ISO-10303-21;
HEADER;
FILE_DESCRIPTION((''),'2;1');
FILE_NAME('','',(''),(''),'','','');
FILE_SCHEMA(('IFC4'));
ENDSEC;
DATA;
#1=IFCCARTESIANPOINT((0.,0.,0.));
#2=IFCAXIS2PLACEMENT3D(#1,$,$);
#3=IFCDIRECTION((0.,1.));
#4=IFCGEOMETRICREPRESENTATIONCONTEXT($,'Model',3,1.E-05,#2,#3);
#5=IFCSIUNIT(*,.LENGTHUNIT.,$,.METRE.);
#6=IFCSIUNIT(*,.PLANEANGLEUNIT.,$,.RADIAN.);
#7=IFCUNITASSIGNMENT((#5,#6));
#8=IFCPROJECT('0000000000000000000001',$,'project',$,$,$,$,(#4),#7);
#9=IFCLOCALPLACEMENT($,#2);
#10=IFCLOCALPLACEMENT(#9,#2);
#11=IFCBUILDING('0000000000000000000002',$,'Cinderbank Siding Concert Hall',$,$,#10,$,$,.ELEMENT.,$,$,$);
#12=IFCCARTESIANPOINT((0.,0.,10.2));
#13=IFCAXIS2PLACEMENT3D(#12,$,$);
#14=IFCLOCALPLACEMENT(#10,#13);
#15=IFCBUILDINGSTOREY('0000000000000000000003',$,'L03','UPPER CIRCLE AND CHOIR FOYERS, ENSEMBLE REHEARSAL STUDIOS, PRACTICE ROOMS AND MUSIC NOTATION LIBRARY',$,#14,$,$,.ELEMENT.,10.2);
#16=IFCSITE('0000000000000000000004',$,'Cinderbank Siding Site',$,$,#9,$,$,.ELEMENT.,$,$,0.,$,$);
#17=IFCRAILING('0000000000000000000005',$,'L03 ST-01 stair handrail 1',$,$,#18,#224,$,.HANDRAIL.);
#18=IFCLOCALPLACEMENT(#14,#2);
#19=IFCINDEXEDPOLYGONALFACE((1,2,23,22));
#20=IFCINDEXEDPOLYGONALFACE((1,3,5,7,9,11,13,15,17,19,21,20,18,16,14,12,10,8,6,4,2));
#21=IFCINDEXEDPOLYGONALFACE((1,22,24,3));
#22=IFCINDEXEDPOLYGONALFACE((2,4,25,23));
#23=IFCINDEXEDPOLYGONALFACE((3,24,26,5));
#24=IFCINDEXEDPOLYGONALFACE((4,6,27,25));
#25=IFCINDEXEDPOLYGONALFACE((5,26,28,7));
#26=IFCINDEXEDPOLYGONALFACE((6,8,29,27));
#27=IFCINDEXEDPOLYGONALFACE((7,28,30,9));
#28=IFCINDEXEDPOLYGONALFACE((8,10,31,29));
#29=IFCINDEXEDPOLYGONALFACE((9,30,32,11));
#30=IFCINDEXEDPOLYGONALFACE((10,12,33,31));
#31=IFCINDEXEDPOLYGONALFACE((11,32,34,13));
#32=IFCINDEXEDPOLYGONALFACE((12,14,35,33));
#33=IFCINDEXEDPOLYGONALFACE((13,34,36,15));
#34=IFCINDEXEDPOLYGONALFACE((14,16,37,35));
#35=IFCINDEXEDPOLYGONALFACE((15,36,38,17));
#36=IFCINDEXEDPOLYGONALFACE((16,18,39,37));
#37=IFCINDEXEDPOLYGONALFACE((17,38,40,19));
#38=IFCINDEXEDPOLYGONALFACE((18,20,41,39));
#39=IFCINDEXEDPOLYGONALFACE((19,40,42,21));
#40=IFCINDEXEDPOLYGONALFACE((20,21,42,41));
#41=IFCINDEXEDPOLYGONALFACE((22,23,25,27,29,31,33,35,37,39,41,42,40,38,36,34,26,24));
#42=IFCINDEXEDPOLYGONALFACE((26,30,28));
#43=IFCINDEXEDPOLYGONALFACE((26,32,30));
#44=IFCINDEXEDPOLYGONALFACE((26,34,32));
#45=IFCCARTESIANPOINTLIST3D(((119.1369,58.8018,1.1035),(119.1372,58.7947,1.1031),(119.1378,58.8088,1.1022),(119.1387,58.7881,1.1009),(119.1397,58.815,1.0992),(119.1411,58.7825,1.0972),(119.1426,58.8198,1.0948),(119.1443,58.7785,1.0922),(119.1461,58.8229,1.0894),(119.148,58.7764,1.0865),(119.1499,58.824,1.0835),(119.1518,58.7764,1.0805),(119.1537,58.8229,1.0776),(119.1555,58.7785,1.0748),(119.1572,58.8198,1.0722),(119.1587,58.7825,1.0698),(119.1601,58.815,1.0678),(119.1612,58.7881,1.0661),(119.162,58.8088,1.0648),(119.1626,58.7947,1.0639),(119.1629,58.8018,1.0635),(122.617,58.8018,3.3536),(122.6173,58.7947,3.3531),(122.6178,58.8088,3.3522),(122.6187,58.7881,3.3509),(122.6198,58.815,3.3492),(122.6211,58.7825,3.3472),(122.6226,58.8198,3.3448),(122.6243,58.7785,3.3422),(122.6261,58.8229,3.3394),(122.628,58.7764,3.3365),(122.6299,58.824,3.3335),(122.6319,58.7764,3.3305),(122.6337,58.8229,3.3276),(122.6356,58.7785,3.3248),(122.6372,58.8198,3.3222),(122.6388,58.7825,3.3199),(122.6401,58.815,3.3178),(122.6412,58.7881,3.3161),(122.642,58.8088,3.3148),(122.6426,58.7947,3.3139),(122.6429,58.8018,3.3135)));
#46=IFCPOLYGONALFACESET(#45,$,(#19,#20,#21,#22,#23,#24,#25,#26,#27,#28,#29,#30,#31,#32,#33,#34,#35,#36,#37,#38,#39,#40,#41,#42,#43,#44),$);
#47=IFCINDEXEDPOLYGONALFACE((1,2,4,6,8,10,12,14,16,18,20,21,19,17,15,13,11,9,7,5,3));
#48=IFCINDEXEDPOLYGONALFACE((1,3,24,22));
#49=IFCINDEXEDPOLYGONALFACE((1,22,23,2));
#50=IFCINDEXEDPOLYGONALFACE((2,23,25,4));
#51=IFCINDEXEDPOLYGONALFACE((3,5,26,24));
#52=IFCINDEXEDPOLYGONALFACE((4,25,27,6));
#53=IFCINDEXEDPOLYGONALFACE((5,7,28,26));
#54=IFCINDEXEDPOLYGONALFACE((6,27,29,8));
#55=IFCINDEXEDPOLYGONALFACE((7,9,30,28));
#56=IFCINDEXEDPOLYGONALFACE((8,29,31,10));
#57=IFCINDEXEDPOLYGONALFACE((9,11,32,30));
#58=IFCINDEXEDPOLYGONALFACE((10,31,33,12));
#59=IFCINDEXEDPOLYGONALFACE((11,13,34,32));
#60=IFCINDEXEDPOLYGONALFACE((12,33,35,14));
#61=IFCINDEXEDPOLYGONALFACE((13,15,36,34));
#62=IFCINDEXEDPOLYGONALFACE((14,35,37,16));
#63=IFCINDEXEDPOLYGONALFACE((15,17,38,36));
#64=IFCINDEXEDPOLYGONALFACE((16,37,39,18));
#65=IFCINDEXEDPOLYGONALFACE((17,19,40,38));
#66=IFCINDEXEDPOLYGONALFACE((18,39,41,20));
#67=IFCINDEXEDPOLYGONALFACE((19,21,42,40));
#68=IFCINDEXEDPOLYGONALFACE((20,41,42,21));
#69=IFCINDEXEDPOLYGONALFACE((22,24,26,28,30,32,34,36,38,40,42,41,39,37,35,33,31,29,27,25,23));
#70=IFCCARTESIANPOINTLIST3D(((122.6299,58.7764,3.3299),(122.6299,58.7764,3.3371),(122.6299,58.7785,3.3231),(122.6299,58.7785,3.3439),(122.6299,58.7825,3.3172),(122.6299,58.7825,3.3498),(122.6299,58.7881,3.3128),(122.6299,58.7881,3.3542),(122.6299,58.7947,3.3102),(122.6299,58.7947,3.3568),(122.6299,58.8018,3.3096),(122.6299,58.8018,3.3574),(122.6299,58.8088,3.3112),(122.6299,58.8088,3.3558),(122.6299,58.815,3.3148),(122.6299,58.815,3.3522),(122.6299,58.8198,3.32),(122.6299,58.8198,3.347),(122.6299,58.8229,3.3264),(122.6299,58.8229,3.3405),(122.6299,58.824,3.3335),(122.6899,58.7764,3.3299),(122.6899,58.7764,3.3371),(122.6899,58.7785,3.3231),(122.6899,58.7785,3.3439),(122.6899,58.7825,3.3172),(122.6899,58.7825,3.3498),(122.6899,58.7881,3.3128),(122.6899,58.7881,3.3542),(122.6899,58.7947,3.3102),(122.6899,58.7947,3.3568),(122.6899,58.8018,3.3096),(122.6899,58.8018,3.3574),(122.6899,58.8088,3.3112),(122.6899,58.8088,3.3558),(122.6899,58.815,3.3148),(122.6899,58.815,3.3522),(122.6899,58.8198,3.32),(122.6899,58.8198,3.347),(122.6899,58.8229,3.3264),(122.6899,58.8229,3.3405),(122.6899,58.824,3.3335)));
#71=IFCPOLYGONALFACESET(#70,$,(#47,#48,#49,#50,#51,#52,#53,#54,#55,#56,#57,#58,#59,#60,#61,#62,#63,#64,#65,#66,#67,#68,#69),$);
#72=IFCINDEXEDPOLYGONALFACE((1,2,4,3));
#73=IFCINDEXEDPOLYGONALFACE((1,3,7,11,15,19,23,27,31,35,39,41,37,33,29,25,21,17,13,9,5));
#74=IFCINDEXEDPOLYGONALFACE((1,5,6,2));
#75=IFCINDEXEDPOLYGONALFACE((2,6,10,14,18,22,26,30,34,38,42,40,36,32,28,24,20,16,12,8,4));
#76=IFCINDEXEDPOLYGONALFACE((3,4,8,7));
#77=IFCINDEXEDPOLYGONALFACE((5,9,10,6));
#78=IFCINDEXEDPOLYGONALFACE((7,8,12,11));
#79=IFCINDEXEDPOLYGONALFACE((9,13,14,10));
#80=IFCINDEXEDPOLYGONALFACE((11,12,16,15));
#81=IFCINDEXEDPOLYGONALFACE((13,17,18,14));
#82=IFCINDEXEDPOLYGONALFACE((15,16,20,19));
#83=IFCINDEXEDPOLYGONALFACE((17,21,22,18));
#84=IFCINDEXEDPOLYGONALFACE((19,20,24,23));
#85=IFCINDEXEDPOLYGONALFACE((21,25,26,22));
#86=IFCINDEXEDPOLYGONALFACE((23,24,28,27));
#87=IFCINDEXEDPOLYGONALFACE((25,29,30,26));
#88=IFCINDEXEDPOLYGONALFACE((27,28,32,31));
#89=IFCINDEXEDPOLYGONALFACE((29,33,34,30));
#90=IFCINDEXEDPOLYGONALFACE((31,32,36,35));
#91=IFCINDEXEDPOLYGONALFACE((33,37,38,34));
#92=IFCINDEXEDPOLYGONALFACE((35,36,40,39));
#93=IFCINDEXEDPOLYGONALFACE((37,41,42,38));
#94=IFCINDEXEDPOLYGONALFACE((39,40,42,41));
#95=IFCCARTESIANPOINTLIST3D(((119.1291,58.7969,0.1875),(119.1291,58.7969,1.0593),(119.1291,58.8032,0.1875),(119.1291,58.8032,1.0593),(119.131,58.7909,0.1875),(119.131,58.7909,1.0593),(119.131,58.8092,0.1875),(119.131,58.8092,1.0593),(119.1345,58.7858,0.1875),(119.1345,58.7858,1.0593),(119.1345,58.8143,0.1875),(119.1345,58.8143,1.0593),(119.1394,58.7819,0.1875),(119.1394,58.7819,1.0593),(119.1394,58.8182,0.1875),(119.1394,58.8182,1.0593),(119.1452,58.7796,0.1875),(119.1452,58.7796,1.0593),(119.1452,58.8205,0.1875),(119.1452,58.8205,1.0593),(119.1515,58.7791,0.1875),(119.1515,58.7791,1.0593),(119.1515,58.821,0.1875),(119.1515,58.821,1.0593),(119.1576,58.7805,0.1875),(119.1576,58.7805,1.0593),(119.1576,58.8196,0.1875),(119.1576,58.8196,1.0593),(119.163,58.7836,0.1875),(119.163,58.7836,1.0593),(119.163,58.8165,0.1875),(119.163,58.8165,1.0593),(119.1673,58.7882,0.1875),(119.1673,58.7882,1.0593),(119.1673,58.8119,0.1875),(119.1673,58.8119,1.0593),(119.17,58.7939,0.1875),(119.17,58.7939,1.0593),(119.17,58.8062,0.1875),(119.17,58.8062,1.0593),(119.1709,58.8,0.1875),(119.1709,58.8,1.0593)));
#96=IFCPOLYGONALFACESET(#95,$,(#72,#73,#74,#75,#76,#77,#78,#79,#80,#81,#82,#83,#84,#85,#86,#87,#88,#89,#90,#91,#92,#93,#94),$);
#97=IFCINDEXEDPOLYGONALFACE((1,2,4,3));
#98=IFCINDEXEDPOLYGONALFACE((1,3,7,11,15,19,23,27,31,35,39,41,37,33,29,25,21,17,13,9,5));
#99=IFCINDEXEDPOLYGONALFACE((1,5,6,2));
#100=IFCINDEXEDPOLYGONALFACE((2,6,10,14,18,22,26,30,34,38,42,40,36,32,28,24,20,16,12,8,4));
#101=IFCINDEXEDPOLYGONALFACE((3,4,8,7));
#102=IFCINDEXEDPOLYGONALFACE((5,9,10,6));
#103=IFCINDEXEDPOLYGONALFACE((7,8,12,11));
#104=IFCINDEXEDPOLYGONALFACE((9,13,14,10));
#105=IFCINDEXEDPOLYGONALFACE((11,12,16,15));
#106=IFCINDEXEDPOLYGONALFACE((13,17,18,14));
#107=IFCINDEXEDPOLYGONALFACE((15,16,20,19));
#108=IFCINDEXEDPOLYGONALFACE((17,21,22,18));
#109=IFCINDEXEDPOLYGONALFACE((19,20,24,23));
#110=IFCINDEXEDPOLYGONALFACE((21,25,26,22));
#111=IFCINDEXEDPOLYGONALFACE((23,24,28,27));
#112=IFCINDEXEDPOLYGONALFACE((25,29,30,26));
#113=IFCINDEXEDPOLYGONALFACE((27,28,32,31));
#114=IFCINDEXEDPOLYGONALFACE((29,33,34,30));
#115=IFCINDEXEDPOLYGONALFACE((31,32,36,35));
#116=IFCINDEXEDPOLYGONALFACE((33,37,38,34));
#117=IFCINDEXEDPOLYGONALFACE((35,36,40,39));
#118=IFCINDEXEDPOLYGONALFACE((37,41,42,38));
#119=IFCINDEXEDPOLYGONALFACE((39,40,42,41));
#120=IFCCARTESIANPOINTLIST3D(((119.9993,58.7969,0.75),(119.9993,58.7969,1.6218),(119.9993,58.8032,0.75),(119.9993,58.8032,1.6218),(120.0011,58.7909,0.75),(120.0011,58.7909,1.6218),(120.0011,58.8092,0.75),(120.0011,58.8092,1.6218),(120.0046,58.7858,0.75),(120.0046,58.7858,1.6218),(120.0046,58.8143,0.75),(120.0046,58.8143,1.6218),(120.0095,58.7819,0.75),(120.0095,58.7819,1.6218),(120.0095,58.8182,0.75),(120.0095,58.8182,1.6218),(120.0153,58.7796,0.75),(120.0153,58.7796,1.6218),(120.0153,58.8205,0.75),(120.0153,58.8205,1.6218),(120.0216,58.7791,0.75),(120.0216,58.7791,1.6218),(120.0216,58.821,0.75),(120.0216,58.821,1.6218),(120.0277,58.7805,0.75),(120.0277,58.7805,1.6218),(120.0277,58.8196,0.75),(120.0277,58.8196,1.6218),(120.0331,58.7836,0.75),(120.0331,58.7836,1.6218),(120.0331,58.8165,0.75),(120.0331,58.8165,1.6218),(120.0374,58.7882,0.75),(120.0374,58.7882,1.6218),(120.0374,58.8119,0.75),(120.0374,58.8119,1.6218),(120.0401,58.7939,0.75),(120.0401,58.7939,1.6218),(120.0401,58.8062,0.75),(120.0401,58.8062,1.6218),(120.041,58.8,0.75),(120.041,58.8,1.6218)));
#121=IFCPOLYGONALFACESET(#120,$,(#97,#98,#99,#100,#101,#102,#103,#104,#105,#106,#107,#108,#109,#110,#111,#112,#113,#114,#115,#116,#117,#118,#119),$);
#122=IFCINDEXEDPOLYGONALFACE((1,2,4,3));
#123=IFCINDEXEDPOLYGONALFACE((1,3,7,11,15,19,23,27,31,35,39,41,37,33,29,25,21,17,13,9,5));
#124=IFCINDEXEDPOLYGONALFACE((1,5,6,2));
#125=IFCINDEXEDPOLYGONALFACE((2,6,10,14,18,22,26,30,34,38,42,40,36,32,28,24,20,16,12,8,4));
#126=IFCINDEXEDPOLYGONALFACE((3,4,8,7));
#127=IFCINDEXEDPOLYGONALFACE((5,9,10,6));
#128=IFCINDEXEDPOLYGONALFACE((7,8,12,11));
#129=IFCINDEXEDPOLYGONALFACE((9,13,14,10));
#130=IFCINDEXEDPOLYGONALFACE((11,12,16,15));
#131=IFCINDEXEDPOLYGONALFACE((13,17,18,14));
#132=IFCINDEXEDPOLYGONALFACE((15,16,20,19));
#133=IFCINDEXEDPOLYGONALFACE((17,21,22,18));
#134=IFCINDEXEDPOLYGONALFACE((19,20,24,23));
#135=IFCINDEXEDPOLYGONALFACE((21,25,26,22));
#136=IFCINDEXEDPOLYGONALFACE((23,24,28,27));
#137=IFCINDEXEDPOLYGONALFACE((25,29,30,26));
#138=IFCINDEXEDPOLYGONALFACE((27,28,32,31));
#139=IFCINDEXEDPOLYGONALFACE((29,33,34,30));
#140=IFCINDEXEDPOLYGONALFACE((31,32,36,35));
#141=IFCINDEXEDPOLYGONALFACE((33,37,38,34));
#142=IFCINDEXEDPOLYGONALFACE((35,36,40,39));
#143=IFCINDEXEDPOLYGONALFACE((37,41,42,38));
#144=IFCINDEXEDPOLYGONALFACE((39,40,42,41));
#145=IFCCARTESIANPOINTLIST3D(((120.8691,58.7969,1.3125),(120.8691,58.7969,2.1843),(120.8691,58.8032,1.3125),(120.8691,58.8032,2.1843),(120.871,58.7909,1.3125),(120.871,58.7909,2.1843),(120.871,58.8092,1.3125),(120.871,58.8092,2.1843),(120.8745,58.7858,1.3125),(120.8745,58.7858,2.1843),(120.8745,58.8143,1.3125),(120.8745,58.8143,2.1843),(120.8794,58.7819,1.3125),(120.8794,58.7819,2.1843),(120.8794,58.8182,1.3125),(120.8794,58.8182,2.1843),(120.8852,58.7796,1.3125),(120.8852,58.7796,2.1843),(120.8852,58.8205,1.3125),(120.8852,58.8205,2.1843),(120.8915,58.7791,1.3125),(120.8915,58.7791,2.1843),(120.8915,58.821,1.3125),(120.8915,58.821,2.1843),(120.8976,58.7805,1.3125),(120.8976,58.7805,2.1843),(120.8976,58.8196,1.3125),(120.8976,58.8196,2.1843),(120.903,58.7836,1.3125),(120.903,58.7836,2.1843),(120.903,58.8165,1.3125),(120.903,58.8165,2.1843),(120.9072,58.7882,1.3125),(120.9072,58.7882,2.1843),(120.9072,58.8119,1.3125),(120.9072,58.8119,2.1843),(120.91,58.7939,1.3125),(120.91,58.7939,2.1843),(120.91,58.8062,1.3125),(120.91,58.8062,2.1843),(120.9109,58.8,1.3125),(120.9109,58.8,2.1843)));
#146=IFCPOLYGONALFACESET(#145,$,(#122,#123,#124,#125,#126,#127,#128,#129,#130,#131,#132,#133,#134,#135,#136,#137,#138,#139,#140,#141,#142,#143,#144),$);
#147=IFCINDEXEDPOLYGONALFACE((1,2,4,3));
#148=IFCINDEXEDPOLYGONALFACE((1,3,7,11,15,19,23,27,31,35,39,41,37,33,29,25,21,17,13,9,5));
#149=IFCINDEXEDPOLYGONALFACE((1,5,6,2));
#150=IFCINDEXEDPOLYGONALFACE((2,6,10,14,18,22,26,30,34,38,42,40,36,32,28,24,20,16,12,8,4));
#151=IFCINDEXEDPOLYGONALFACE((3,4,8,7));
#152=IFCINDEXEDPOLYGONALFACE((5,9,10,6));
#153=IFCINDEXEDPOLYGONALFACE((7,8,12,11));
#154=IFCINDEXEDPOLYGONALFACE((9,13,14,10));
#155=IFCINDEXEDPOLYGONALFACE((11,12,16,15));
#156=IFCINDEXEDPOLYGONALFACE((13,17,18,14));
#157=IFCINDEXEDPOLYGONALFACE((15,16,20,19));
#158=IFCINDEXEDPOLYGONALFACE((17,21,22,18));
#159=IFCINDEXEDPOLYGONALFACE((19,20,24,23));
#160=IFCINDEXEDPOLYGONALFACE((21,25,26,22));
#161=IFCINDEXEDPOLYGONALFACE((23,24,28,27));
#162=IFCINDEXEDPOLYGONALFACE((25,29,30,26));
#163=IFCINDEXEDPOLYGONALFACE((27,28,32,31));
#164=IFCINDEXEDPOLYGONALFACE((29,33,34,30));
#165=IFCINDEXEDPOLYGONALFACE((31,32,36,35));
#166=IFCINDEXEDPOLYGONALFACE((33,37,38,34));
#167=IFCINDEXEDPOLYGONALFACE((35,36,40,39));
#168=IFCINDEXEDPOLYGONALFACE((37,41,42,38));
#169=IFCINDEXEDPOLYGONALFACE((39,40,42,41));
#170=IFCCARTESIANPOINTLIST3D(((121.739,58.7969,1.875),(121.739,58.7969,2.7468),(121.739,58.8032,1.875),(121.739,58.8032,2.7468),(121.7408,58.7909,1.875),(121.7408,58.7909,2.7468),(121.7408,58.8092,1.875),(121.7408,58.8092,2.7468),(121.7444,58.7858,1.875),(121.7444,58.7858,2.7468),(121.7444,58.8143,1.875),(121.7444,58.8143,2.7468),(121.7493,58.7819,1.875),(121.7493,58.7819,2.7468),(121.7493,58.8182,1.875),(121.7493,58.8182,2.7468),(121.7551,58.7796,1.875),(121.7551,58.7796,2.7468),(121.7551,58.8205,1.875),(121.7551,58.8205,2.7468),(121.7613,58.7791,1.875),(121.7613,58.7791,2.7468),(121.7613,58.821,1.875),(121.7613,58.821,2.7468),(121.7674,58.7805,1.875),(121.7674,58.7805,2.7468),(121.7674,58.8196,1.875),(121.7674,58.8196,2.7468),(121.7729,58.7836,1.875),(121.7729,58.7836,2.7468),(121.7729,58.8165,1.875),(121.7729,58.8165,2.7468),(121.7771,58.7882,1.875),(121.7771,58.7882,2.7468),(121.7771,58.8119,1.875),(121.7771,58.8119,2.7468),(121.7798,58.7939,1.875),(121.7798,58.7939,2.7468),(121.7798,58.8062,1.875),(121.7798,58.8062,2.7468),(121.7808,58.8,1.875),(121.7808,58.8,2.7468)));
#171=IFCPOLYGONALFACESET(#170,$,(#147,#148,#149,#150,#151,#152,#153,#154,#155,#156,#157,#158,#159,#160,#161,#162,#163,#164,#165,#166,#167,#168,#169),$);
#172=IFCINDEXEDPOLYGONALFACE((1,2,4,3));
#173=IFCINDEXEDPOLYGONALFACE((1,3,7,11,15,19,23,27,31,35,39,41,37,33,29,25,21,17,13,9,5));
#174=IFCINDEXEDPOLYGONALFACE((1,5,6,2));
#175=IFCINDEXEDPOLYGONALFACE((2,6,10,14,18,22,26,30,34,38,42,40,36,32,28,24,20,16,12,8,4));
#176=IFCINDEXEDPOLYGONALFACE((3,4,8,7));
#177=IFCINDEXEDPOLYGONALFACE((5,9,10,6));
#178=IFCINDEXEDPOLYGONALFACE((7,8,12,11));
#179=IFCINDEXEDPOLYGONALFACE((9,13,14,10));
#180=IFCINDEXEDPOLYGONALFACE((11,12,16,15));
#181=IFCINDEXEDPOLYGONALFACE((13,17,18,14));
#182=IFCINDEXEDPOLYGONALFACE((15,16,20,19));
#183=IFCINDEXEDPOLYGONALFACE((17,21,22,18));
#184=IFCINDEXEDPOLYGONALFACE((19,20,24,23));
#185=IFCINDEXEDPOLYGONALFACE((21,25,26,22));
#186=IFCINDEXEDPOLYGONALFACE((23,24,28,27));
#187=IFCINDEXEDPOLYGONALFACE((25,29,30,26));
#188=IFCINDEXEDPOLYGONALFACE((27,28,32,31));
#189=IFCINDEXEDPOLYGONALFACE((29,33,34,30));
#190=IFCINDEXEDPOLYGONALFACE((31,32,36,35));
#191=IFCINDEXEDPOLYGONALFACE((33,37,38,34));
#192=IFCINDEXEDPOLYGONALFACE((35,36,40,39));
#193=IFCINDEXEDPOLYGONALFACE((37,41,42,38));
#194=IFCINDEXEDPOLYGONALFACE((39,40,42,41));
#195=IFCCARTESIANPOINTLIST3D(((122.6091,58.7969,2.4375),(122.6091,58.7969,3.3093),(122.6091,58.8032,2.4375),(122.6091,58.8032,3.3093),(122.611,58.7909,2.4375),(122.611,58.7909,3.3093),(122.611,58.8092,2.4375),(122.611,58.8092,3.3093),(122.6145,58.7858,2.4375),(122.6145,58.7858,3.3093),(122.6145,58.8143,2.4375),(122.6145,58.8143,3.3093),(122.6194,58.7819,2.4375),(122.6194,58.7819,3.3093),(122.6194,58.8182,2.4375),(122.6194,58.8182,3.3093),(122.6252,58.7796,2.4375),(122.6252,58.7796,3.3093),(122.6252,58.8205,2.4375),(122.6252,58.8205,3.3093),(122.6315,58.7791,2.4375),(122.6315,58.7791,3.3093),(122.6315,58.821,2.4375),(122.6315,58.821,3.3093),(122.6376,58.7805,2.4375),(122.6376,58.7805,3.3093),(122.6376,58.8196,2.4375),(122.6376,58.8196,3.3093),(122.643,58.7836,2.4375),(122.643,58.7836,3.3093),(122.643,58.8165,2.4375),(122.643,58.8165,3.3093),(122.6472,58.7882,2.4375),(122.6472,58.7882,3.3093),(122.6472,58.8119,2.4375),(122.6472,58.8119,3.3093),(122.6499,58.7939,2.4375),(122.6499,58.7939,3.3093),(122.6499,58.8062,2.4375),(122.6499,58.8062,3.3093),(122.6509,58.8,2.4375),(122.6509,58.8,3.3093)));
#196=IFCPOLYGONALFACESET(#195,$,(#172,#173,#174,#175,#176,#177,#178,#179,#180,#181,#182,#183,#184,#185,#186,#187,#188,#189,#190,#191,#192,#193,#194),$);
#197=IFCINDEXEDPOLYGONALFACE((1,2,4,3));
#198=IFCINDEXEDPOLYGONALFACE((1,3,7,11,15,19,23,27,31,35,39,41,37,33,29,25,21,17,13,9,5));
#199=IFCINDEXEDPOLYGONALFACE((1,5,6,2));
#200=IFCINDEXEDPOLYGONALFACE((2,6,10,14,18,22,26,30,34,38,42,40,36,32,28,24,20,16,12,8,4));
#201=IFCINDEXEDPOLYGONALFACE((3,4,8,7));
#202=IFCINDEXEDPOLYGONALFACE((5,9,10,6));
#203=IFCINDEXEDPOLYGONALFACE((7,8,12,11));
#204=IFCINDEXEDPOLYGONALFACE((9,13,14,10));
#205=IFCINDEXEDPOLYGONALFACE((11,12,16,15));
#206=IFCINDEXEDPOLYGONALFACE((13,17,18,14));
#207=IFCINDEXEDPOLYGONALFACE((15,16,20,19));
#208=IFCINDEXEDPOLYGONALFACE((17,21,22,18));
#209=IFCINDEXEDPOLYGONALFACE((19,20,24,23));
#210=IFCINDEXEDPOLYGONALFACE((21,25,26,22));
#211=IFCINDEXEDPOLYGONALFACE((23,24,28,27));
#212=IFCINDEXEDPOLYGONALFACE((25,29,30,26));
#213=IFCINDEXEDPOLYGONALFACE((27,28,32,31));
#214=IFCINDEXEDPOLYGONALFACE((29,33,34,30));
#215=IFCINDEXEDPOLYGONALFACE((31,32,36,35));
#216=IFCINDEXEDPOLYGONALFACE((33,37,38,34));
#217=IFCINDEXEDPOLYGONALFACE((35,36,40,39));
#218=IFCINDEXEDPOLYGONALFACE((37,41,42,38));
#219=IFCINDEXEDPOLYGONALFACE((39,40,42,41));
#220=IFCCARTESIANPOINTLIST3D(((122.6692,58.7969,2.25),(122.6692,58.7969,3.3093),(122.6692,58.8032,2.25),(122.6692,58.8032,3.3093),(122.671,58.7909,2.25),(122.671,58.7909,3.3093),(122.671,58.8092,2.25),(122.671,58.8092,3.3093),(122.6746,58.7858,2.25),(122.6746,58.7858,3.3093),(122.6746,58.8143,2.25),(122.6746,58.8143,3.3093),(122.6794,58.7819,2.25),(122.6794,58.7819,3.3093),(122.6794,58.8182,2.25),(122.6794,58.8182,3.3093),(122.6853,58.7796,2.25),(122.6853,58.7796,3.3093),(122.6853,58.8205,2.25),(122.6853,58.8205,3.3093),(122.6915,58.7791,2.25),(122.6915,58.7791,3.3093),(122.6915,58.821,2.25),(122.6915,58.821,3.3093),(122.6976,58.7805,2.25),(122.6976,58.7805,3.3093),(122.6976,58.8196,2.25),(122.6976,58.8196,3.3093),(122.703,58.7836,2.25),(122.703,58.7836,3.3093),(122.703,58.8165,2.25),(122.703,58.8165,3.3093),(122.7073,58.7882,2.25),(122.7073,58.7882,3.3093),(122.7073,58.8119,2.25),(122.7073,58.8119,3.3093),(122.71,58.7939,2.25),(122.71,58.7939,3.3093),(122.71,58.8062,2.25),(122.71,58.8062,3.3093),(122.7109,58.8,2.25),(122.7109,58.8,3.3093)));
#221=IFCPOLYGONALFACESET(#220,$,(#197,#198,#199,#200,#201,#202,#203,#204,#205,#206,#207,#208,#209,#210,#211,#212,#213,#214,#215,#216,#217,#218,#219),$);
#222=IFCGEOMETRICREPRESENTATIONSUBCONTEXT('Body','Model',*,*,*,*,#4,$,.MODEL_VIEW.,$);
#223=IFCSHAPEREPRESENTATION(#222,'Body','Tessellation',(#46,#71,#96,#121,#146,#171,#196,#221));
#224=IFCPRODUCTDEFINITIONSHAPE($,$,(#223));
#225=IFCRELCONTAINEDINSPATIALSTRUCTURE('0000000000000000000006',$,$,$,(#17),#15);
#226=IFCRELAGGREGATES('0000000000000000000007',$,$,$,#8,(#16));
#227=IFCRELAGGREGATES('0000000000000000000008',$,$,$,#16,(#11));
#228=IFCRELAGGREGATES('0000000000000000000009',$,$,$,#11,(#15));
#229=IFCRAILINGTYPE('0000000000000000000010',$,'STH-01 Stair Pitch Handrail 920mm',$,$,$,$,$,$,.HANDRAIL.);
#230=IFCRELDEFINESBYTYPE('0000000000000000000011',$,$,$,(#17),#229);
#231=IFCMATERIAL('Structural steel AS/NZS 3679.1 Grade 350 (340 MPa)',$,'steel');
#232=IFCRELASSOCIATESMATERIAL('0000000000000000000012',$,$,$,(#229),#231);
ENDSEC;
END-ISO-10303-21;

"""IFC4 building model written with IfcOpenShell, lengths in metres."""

from ifc_helpers import new_model, si_unit, direction, frame, origin, origin_2d, place, context, subcontext, project, spatial, circle, extrude, material, type_object, element, save


model = new_model("IFC4")

# Units and contexts
model_context = context("Model", 3, precision=1e-05, world=origin(), true_north=direction((0.0, 1.0)))
body_context = subcontext(model_context, "Body", "Model", "MODEL_VIEW")
ifc_project = project(units=[si_unit("LENGTHUNIT", "METRE"), si_unit("PLANEANGLEUNIT", "RADIAN")], contexts=[model_context])

# Site, building, storey
site_placement = place(None, origin())
site = spatial("IfcSite", under=ifc_project, at=site_placement, Name="Cinderbank Siding Site", CompositionType="ELEMENT", RefElevation=0.0)
building_placement = place(site_placement, origin())
building = spatial("IfcBuilding", under=site, at=building_placement, Name="Cinderbank Siding Concert Hall", CompositionType="ELEMENT")
storey_placement = place(building_placement, frame((0.0, 0.0, 10.2)))
storey = spatial("IfcBuildingStorey", under=building, at=storey_placement, Name="L03", Description="UPPER CIRCLE AND CHOIR FOYERS, ENSEMBLE REHEARSAL STUDIOS, PRACTICE ROOMS AND MUSIC NOTATION LIBRARY", CompositionType="ELEMENT", Elevation=10.2)

# Shared definitions
ifc_material_1 = material(Name="Structural steel AS/NZS 3679.1 Grade 350 (340 MPa)", Category="steel")

# Railing
railing_type_1 = type_object("IfcRailingType", Name="STH-01 Stair Pitch Handrail 920mm", PredefinedType="HANDRAIL", material=ifc_material_1)
railing_1_placement = place(storey_placement, frame((119.1499, 58.8, 0.1875)))
element("IfcRailing", 1, at=railing_1_placement, inside=storey, type_object=railing_type_1, Name="L03 ST-01 stair handrail 1", PredefinedType="HANDRAIL", context=body_context, shape_type="SweptSolid", body=[
    extrude(circle(Radius=0.0239, at=origin_2d()), frame((0.0, 0.0, 0.896), z_axis=(0.839763, 0.0, 0.542953), x_axis=(0.0, 1.0, 0.0)), (0.0, 0.0, 1.0), 4.144),
    extrude(circle(Radius=0.0239, at=origin_2d()), frame((3.48, 0.0, 3.146), z_axis=(1.0, 0.0, 0.0), x_axis=(0.0, 1.0, 0.0)), (0.0, 0.0, 1.0), 0.0601),
    extrude(circle(Radius=0.021, at=origin_2d()), origin(), (0.0, 0.0, 1.0), 0.8718),
    extrude(circle(Radius=0.021, at=origin_2d()), frame((0.8701, 0.0, 0.5625)), (0.0, 0.0, 1.0), 0.8718),
    extrude(circle(Radius=0.021, at=origin_2d()), frame((1.74, 0.0, 1.125)), (0.0, 0.0, 1.0), 0.8718),
    extrude(circle(Radius=0.021, at=origin_2d()), frame((2.6099, 0.0, 1.6875)), (0.0, 0.0, 1.0), 0.8718),
    extrude(circle(Radius=0.021, at=origin_2d()), frame((3.48, 0.0, 2.25)), (0.0, 0.0, 1.0), 0.8718),
    extrude(circle(Radius=0.021, at=origin_2d()), frame((3.54, 0.0, 2.0625)), (0.0, 0.0, 1.0), 1.0593),
])

save(model, "model.ifc")
